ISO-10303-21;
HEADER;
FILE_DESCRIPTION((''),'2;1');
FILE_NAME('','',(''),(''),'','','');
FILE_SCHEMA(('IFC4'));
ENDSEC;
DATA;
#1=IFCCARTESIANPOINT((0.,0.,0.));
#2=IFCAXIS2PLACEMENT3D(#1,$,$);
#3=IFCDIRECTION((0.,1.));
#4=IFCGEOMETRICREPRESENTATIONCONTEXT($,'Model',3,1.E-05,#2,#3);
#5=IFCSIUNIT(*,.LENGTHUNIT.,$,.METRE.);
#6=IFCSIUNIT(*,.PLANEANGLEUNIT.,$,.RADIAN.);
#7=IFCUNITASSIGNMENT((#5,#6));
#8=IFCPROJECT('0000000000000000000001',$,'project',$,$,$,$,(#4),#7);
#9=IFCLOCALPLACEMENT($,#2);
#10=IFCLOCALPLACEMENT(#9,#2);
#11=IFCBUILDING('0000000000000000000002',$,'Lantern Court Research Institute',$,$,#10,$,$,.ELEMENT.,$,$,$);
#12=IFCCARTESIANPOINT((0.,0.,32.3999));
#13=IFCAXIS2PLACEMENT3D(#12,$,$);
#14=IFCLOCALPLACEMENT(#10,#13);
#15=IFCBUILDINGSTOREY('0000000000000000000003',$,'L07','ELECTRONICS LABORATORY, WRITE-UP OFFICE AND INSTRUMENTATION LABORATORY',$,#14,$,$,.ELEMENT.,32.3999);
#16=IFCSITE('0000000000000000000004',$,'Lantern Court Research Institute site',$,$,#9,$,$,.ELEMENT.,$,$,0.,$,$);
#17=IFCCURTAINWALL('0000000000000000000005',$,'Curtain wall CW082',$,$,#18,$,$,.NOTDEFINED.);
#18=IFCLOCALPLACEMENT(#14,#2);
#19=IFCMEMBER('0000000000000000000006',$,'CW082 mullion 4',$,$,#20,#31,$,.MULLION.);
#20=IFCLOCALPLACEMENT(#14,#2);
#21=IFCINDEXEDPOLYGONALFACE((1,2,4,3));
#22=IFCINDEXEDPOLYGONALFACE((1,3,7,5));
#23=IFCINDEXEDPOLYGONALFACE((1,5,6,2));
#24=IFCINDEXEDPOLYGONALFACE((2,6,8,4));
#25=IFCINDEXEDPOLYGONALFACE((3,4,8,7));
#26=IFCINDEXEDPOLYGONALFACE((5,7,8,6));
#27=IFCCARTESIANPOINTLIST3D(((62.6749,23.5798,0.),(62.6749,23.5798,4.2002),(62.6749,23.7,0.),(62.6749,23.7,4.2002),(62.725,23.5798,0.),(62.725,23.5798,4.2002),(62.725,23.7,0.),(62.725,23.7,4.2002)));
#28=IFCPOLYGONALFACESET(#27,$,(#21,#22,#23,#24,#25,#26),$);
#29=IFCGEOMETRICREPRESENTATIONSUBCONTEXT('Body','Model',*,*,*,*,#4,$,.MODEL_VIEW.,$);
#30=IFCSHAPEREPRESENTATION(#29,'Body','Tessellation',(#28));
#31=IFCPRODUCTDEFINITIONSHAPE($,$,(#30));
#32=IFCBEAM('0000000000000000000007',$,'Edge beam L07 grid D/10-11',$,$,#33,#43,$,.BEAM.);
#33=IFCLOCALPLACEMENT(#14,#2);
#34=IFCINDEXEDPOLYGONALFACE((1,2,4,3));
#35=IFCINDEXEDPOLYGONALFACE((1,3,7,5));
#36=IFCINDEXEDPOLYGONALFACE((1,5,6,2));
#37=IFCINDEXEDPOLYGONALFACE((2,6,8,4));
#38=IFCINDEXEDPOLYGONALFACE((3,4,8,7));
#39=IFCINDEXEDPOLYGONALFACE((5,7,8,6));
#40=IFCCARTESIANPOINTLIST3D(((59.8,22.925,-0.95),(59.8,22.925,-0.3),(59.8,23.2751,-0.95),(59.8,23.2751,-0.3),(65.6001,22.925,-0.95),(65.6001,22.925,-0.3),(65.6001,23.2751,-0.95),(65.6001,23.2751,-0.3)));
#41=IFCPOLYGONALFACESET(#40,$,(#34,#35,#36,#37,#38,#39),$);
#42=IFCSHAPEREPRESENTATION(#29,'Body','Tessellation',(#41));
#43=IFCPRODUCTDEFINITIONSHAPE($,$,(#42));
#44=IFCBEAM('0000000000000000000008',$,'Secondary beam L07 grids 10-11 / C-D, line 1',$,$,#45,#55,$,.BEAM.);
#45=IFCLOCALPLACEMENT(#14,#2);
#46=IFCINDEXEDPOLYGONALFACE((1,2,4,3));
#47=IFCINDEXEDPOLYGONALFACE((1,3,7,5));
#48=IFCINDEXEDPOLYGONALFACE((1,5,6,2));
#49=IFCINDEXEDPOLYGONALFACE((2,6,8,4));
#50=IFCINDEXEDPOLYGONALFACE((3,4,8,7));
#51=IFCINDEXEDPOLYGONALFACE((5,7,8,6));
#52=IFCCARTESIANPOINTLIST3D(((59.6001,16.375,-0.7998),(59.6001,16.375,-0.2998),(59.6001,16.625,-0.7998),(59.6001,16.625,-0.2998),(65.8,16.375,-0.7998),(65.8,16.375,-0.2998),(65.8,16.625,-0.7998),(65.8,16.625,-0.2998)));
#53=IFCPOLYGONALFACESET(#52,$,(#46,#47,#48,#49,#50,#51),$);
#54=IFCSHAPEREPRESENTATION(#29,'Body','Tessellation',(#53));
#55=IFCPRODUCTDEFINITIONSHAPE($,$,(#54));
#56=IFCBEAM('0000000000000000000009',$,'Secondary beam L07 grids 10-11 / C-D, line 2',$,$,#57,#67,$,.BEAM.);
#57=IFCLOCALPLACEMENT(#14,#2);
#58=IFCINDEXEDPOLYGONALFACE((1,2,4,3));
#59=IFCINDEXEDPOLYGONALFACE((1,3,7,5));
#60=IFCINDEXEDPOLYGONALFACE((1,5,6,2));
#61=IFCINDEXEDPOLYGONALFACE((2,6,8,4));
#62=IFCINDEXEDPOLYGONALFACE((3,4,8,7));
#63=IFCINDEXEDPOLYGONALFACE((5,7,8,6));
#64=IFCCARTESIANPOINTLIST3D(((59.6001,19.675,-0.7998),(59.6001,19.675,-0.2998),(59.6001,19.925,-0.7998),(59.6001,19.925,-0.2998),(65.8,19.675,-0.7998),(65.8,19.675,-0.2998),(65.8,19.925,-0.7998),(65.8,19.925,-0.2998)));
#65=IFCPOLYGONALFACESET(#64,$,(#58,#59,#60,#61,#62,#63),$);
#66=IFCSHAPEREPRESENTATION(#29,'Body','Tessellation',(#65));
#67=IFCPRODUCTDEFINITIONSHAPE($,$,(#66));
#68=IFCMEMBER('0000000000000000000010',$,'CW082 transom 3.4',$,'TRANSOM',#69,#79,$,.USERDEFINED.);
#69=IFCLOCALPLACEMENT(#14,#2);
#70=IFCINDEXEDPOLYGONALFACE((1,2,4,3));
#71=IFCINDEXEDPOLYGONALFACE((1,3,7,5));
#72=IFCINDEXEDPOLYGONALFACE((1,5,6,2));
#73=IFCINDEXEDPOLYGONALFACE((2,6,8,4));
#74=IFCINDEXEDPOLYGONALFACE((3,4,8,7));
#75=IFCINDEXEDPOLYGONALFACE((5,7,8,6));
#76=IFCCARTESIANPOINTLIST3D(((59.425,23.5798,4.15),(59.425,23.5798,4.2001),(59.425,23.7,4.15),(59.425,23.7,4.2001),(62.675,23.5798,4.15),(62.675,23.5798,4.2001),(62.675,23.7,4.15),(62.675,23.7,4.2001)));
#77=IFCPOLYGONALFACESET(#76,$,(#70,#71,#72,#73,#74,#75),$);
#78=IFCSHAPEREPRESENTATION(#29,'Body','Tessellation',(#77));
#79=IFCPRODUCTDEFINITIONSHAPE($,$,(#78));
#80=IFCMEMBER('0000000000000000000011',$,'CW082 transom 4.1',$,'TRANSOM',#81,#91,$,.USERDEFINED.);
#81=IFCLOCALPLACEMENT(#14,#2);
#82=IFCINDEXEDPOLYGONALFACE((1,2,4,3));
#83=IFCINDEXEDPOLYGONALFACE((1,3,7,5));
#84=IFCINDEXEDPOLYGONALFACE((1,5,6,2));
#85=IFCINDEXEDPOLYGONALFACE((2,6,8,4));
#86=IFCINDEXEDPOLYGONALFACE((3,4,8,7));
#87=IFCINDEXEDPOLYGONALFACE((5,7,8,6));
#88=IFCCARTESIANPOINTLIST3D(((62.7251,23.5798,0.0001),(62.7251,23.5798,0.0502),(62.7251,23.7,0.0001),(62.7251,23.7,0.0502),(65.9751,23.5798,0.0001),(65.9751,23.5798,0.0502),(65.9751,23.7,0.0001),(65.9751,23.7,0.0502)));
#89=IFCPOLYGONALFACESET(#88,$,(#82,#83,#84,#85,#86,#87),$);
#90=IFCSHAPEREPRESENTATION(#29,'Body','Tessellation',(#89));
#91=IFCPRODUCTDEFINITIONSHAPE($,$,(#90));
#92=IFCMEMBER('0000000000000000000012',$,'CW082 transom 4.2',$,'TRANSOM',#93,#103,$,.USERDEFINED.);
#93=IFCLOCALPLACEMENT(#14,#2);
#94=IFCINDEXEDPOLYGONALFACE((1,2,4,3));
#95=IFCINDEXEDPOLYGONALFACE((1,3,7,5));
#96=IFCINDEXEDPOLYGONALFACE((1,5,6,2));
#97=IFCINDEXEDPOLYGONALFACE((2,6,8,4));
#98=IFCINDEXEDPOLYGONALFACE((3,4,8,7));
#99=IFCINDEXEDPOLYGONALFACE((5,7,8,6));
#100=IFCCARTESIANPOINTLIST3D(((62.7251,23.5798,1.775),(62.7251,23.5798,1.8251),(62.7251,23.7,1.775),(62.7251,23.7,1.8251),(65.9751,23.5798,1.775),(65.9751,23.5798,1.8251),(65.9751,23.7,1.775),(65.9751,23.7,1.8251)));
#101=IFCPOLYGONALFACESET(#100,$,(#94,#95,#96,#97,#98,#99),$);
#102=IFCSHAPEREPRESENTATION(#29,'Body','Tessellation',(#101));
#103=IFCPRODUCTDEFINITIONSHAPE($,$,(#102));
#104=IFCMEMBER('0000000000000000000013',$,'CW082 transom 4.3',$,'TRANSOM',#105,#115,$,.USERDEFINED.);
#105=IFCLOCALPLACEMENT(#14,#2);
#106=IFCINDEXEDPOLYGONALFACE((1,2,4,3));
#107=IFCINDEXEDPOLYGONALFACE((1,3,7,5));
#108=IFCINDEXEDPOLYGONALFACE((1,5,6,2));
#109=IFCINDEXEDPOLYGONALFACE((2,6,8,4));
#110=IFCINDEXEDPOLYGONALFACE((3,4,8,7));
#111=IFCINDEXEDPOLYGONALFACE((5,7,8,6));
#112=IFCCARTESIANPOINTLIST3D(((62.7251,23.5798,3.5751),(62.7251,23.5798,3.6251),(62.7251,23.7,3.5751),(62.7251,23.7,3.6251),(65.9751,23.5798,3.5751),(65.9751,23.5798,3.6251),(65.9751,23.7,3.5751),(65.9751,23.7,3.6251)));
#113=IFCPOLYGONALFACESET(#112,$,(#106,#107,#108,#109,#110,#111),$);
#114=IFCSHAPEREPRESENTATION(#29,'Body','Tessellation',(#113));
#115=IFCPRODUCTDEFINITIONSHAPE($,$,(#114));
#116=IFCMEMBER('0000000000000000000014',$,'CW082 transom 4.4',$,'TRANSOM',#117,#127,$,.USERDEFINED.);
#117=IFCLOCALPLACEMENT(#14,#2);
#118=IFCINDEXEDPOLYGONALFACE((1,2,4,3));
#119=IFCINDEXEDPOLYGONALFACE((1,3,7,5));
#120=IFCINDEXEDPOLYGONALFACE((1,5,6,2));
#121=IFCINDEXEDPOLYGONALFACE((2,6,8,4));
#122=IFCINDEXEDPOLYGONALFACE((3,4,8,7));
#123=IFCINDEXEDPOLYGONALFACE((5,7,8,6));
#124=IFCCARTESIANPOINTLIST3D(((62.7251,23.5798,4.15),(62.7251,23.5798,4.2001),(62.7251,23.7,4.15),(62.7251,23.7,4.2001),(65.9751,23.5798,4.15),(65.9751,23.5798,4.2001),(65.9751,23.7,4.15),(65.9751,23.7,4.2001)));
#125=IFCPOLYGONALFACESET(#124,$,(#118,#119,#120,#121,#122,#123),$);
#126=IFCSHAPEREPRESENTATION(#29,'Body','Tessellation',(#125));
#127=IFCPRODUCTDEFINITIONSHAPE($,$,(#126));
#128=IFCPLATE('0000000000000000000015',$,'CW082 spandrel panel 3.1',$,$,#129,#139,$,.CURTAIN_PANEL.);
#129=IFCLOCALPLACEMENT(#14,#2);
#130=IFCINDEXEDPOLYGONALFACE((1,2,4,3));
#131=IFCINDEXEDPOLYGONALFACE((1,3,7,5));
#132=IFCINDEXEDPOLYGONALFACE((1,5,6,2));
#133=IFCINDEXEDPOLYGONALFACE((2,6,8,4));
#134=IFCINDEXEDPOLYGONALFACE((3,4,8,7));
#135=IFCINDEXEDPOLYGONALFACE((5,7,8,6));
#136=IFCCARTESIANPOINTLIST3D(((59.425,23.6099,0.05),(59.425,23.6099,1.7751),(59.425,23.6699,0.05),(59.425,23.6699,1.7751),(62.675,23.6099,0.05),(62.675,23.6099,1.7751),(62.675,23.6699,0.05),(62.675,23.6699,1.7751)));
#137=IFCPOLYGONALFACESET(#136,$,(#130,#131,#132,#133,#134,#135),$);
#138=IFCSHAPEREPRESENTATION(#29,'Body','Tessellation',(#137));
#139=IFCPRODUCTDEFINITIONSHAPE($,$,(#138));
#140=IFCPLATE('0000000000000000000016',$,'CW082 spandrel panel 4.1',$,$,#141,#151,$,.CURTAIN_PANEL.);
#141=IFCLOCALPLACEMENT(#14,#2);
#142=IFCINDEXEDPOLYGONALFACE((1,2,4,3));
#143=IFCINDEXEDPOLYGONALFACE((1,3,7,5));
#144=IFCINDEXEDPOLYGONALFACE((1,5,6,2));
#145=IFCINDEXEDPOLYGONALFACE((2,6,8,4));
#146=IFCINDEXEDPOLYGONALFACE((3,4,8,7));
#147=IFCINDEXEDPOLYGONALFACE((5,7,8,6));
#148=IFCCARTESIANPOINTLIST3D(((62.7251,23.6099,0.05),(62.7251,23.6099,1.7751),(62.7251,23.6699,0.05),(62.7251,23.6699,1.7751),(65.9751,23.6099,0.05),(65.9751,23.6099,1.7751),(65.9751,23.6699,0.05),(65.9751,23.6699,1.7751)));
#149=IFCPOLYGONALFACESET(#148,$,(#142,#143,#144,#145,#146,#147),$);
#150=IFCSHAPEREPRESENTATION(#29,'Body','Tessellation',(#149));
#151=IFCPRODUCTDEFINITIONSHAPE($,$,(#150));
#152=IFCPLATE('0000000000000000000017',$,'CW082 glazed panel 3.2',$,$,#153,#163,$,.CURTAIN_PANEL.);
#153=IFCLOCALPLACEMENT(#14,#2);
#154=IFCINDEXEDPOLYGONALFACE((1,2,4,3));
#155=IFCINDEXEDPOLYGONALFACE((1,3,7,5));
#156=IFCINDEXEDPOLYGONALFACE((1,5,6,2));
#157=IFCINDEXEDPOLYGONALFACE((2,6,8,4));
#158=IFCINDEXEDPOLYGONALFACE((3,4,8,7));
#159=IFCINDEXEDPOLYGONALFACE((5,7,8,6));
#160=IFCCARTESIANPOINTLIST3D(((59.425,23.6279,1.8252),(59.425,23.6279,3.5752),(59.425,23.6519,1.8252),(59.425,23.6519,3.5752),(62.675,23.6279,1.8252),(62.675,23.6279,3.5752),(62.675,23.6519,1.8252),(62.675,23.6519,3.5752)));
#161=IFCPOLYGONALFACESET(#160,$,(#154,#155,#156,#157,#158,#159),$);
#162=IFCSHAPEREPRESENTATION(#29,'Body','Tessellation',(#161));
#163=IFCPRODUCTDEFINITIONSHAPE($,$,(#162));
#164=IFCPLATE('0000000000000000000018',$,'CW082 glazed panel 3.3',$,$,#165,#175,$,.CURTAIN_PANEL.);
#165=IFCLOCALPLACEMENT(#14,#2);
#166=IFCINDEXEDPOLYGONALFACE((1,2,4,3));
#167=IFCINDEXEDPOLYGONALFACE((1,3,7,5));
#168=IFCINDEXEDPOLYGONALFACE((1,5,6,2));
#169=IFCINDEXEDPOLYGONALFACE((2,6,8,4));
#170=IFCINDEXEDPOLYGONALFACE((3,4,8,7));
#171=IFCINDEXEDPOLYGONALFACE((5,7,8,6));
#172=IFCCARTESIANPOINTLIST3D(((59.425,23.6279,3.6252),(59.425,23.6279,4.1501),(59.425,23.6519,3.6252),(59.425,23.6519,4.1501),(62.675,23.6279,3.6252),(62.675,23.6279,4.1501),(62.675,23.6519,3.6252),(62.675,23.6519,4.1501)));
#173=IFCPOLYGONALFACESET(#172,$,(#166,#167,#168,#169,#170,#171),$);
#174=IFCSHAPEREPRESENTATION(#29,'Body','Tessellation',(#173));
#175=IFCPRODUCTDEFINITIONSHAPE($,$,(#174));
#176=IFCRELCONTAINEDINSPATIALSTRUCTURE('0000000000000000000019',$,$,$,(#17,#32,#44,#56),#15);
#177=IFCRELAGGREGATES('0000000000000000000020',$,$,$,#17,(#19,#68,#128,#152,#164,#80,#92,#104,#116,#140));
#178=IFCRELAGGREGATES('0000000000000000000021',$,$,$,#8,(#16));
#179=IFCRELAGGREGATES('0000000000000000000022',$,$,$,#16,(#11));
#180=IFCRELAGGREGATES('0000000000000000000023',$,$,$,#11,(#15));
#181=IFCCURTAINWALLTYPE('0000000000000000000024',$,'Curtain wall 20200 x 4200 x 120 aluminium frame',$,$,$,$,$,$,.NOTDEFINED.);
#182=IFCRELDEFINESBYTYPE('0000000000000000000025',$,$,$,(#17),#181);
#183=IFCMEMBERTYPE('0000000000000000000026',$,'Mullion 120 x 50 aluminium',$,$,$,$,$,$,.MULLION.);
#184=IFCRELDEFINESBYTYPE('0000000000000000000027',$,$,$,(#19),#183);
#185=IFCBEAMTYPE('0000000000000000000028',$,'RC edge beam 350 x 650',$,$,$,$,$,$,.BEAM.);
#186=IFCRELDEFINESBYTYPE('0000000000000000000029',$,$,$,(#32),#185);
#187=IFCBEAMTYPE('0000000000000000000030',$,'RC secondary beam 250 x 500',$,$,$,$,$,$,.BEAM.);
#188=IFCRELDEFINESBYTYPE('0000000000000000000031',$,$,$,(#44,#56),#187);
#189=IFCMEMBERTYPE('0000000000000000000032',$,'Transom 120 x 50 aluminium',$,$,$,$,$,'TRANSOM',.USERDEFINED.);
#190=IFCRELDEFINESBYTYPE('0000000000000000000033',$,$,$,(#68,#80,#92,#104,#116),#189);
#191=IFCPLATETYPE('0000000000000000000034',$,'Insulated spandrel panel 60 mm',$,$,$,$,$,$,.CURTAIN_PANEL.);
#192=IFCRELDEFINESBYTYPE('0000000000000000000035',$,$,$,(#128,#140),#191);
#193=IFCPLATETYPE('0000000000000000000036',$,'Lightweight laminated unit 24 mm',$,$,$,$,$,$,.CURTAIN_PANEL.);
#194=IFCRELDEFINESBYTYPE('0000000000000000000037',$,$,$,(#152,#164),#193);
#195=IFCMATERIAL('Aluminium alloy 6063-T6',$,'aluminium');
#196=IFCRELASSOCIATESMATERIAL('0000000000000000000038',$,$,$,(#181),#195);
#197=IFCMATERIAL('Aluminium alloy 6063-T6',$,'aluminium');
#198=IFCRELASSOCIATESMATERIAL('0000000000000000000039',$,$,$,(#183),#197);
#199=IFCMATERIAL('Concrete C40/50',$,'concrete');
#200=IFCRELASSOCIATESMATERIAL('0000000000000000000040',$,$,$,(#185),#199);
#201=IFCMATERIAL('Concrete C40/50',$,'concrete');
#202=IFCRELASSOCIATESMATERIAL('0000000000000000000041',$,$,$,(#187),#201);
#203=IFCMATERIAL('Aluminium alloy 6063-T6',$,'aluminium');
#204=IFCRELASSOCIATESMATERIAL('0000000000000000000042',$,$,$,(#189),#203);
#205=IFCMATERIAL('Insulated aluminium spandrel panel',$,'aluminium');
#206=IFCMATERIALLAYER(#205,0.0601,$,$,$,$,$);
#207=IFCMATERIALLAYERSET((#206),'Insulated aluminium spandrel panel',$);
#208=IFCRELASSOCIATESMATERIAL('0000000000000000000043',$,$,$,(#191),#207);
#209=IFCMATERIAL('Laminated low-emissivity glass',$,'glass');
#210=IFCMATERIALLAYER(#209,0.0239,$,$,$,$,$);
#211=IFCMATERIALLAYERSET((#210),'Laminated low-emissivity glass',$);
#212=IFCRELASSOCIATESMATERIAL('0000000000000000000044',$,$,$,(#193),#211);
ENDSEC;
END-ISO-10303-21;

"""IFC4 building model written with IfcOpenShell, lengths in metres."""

from ifc_helpers import new_model, si_unit, direction, frame, origin, origin_2d, place, context, subcontext, project, spatial, rectangle, extrude, material, layer, layer_set, material_profile, profile_set, type_object, element, aggregate, save


model = new_model("IFC4")

# Units and contexts
model_context = context("Model", 3, precision=1e-05, world=origin(), true_north=direction((0.0, 1.0)))
body_context = subcontext(model_context, "Body", "Model", "MODEL_VIEW")
ifc_project = project(units=[si_unit("LENGTHUNIT", "METRE"), si_unit("PLANEANGLEUNIT", "RADIAN")], contexts=[model_context])

# Site, building, storey
site_placement = place(None, origin())
site = spatial("IfcSite", under=ifc_project, at=site_placement, Name="Lantern Court Research Institute site", CompositionType="ELEMENT", RefElevation=0.0)
building_placement = place(site_placement, origin())
building = spatial("IfcBuilding", under=site, at=building_placement, Name="Lantern Court Research Institute", CompositionType="ELEMENT")
storey_placement = place(building_placement, frame((0.0, 0.0, 32.3999)))
storey = spatial("IfcBuildingStorey", under=building, at=storey_placement, Name="L07", Description="ELECTRONICS LABORATORY, WRITE-UP OFFICE AND INSTRUMENTATION LABORATORY", CompositionType="ELEMENT", Elevation=32.3999)

# Curtain wall, member
ifc_material_1 = material(Name="Aluminium alloy 6063-T6", Category="aluminium")
curtain_wall_type = type_object("IfcCurtainWallType", Name="Curtain wall 20200 x 4200 x 120 aluminium frame", PredefinedType="NOTDEFINED", material=ifc_material_1)
curtain_wall_placement = place(storey_placement, origin())
curtain_wall = element("IfcCurtainWall", 1, at=curtain_wall_placement, inside=storey, type_object=curtain_wall_type, Name="Curtain wall CW082", PredefinedType="NOTDEFINED")
ifc_material_2 = material(Name="Aluminium alloy 6063-T6", Category="aluminium")
ifc_material_profile_1 = material_profile(ifc_material_2, rectangle(XDim=0.1201, YDim=0.05, at=origin_2d()), Name="Mullion 120 x 50")
ifc_profile_set_1 = profile_set([ifc_material_profile_1], Name="Aluminium alloy 6063-T6")
member_type_1 = type_object("IfcMemberType", Name="Mullion 120 x 50 aluminium", PredefinedType="MULLION", material=ifc_profile_set_1)
member_1_placement = place(storey_placement, frame((62.7, 23.6399, 0.0), z_axis=(0.0, 0.0, 1.0), x_axis=(0.0, 1.0, 0.0)))
member_1 = element("IfcMember", 2, at=member_1_placement, type_object=member_type_1, Name="CW082 mullion 4", PredefinedType="MULLION", context=body_context, shape_type="SweptSolid", body=[
    extrude(rectangle(XDim=0.1201, YDim=0.05, at=origin_2d()), origin(), (0.0, 0.0, 1.0), 4.2002),
])

# Beams
ifc_material_3 = material(Name="Concrete C40/50", Category="concrete")
ifc_material_profile_2 = material_profile(ifc_material_3, rectangle(XDim=0.3501, YDim=0.6499, at=origin_2d()), Name="RC beam 350 x 650")
ifc_profile_set_2 = profile_set([ifc_material_profile_2], Name="Concrete C40/50")
beam_type_1 = type_object("IfcBeamType", Name="RC edge beam 350 x 650", PredefinedType="BEAM", material=ifc_profile_set_2)
beam_placement = place(storey_placement, frame((59.8, 23.1001, -0.625), z_axis=(1.0, 0.0, 0.0), x_axis=(0.0, 1.0, 0.0)))
element("IfcBeam", 3, at=beam_placement, inside=storey, type_object=beam_type_1, Name="Edge beam L07 grid D/10-11", PredefinedType="BEAM", context=body_context, shape_type="SweptSolid", body=[
    extrude(rectangle(XDim=0.3501, YDim=0.6499, at=origin_2d()), origin(), (0.0, 0.0, 1.0), 5.8),
])
ifc_material_4 = material(Name="Concrete C40/50", Category="concrete")
ifc_material_profile_3 = material_profile(ifc_material_4, rectangle(XDim=0.25, YDim=0.5, at=origin_2d()), Name="RC beam 250 x 500")
ifc_profile_set_3 = profile_set([ifc_material_profile_3], Name="Concrete C40/50")
beam_type_2 = type_object("IfcBeamType", Name="RC secondary beam 250 x 500", PredefinedType="BEAM", material=ifc_profile_set_3)
for number, where, z_axis, x_axis, name in (
    (4, (59.6001, 16.5, -0.5498), (1.0, 0.0, 0.0), (0.0, 1.0, 0.0), "Secondary beam L07 grids 10-11 / C-D, line 1"),
    (5, (59.6001, 19.8, -0.5498), (1.0, 0.0, 0.0), (0.0, 1.0, 0.0), "Secondary beam L07 grids 10-11 / C-D, line 2"),
):
    element("IfcBeam", number, at=place(storey_placement, frame(where, z_axis=z_axis, x_axis=x_axis)), inside=storey, type_object=beam_type_2, Name=name, PredefinedType="BEAM", context=body_context, shape_type="SweptSolid", body=[
        extrude(rectangle(XDim=0.25, YDim=0.5, at=origin_2d()), origin(), (0.0, 0.0, 1.0), 6.2),
    ])

# Members
ifc_material_5 = material(Name="Aluminium alloy 6063-T6", Category="aluminium")
ifc_material_profile_4 = material_profile(ifc_material_5, rectangle(XDim=0.1201, YDim=0.05, at=origin_2d()), Name="Transom 120 x 50")
ifc_profile_set_4 = profile_set([ifc_material_profile_4], Name="Aluminium alloy 6063-T6")
member_type_2 = type_object("IfcMemberType", Name="Transom 120 x 50 aluminium", ElementType="TRANSOM", PredefinedType="USERDEFINED", material=ifc_profile_set_4)
member_2_placement = place(storey_placement, frame((59.425, 23.6399, 4.175), z_axis=(1.0, 0.0, 0.0), x_axis=(0.0, 1.0, 0.0)))
member_2 = element("IfcMember", 6, at=member_2_placement, type_object=member_type_2, Name="CW082 transom 3.4", ObjectType="TRANSOM", PredefinedType="USERDEFINED", context=body_context, shape_type="SweptSolid", body=[
    extrude(rectangle(XDim=0.1201, YDim=0.05, at=origin_2d()), origin(), (0.0, 0.0, 1.0), 3.25),
])
member_3_placement = place(storey_placement, frame((62.7251, 23.6399, 0.0251), z_axis=(1.0, 0.0, 0.0), x_axis=(0.0, 1.0, 0.0)))
member_3 = element("IfcMember", 7, at=member_3_placement, type_object=member_type_2, Name="CW082 transom 4.1", ObjectType="TRANSOM", PredefinedType="USERDEFINED", context=body_context, shape_type="SweptSolid", body=[
    extrude(rectangle(XDim=0.1201, YDim=0.05, at=origin_2d()), origin(), (0.0, 0.0, 1.0), 3.25),
])
member_4_placement = place(storey_placement, frame((62.7251, 23.6399, 1.8), z_axis=(1.0, 0.0, 0.0), x_axis=(0.0, 1.0, 0.0)))
member_4 = element("IfcMember", 8, at=member_4_placement, type_object=member_type_2, Name="CW082 transom 4.2", ObjectType="TRANSOM", PredefinedType="USERDEFINED", context=body_context, shape_type="SweptSolid", body=[
    extrude(rectangle(XDim=0.1201, YDim=0.05, at=origin_2d()), origin(), (0.0, 0.0, 1.0), 3.25),
])
member_5_placement = place(storey_placement, frame((62.7251, 23.6399, 3.6001), z_axis=(1.0, 0.0, 0.0), x_axis=(0.0, 1.0, 0.0)))
member_5 = element("IfcMember", 9, at=member_5_placement, type_object=member_type_2, Name="CW082 transom 4.3", ObjectType="TRANSOM", PredefinedType="USERDEFINED", context=body_context, shape_type="SweptSolid", body=[
    extrude(rectangle(XDim=0.1201, YDim=0.05, at=origin_2d()), origin(), (0.0, 0.0, 1.0), 3.25),
])
member_6_placement = place(storey_placement, frame((62.7251, 23.6399, 4.175), z_axis=(1.0, 0.0, 0.0), x_axis=(0.0, 1.0, 0.0)))
member_6 = element("IfcMember", 10, at=member_6_placement, type_object=member_type_2, Name="CW082 transom 4.4", ObjectType="TRANSOM", PredefinedType="USERDEFINED", context=body_context, shape_type="SweptSolid", body=[
    extrude(rectangle(XDim=0.1201, YDim=0.05, at=origin_2d()), origin(), (0.0, 0.0, 1.0), 3.25),
])

# Plates
ifc_material_6 = material(Name="Insulated aluminium spandrel panel", Category="aluminium")
ifc_layer_1 = layer(ifc_material_6, 0.0601)
ifc_layer_set_1 = layer_set([ifc_layer_1], Name="Insulated aluminium spandrel panel")
plate_type_1 = type_object("IfcPlateType", Name="Insulated spandrel panel 60 mm", PredefinedType="CURTAIN_PANEL", material=ifc_layer_set_1)
plate_1_placement = place(storey_placement, frame((61.05, 23.6399, 0.05), z_axis=(0.0, 0.0, 1.0), x_axis=(1.0, 0.0, 0.0)))
plate_1 = element("IfcPlate", 11, at=plate_1_placement, type_object=plate_type_1, Name="CW082 spandrel panel 3.1", PredefinedType="CURTAIN_PANEL", context=body_context, shape_type="SweptSolid", body=[
    extrude(rectangle(XDim=3.25, YDim=0.0601, at=origin_2d()), origin(), (0.0, 0.0, 1.0), 1.7251),
])
plate_2_placement = place(storey_placement, frame((64.3501, 23.6399, 0.05), z_axis=(0.0, 0.0, 1.0), x_axis=(1.0, 0.0, 0.0)))
plate_2 = element("IfcPlate", 12, at=plate_2_placement, type_object=plate_type_1, Name="CW082 spandrel panel 4.1", PredefinedType="CURTAIN_PANEL", context=body_context, shape_type="SweptSolid", body=[
    extrude(rectangle(XDim=3.25, YDim=0.0601, at=origin_2d()), origin(), (0.0, 0.0, 1.0), 1.7251),
])
ifc_material_7 = material(Name="Laminated low-emissivity glass", Category="glass")
ifc_layer_2 = layer(ifc_material_7, 0.0239)
ifc_layer_set_2 = layer_set([ifc_layer_2], Name="Laminated low-emissivity glass")
plate_type_2 = type_object("IfcPlateType", Name="Lightweight laminated unit 24 mm", PredefinedType="CURTAIN_PANEL", material=ifc_layer_set_2)
plate_3_placement = place(storey_placement, frame((61.05, 23.6399, 1.8252), z_axis=(0.0, 0.0, 1.0), x_axis=(1.0, 0.0, 0.0)))
plate_3 = element("IfcPlate", 13, at=plate_3_placement, type_object=plate_type_2, Name="CW082 glazed panel 3.2", PredefinedType="CURTAIN_PANEL", context=body_context, shape_type="SweptSolid", body=[
    extrude(rectangle(XDim=3.25, YDim=0.0239, at=origin_2d()), origin(), (0.0, 0.0, 1.0), 1.75),
])
plate_4_placement = place(storey_placement, frame((61.05, 23.6399, 3.6252), z_axis=(0.0, 0.0, 1.0), x_axis=(1.0, 0.0, 0.0)))
plate_4 = element("IfcPlate", 14, at=plate_4_placement, type_object=plate_type_2, Name="CW082 glazed panel 3.3", PredefinedType="CURTAIN_PANEL", context=body_context, shape_type="SweptSolid", body=[
    extrude(rectangle(XDim=3.25, YDim=0.0239, at=origin_2d()), origin(), (0.0, 0.0, 1.0), 0.5249),
])
aggregate(curtain_wall, [member_1, member_2, plate_1, plate_3, plate_4, member_3, member_4, member_5, member_6, plate_2])

save(model, "model.ifc")
